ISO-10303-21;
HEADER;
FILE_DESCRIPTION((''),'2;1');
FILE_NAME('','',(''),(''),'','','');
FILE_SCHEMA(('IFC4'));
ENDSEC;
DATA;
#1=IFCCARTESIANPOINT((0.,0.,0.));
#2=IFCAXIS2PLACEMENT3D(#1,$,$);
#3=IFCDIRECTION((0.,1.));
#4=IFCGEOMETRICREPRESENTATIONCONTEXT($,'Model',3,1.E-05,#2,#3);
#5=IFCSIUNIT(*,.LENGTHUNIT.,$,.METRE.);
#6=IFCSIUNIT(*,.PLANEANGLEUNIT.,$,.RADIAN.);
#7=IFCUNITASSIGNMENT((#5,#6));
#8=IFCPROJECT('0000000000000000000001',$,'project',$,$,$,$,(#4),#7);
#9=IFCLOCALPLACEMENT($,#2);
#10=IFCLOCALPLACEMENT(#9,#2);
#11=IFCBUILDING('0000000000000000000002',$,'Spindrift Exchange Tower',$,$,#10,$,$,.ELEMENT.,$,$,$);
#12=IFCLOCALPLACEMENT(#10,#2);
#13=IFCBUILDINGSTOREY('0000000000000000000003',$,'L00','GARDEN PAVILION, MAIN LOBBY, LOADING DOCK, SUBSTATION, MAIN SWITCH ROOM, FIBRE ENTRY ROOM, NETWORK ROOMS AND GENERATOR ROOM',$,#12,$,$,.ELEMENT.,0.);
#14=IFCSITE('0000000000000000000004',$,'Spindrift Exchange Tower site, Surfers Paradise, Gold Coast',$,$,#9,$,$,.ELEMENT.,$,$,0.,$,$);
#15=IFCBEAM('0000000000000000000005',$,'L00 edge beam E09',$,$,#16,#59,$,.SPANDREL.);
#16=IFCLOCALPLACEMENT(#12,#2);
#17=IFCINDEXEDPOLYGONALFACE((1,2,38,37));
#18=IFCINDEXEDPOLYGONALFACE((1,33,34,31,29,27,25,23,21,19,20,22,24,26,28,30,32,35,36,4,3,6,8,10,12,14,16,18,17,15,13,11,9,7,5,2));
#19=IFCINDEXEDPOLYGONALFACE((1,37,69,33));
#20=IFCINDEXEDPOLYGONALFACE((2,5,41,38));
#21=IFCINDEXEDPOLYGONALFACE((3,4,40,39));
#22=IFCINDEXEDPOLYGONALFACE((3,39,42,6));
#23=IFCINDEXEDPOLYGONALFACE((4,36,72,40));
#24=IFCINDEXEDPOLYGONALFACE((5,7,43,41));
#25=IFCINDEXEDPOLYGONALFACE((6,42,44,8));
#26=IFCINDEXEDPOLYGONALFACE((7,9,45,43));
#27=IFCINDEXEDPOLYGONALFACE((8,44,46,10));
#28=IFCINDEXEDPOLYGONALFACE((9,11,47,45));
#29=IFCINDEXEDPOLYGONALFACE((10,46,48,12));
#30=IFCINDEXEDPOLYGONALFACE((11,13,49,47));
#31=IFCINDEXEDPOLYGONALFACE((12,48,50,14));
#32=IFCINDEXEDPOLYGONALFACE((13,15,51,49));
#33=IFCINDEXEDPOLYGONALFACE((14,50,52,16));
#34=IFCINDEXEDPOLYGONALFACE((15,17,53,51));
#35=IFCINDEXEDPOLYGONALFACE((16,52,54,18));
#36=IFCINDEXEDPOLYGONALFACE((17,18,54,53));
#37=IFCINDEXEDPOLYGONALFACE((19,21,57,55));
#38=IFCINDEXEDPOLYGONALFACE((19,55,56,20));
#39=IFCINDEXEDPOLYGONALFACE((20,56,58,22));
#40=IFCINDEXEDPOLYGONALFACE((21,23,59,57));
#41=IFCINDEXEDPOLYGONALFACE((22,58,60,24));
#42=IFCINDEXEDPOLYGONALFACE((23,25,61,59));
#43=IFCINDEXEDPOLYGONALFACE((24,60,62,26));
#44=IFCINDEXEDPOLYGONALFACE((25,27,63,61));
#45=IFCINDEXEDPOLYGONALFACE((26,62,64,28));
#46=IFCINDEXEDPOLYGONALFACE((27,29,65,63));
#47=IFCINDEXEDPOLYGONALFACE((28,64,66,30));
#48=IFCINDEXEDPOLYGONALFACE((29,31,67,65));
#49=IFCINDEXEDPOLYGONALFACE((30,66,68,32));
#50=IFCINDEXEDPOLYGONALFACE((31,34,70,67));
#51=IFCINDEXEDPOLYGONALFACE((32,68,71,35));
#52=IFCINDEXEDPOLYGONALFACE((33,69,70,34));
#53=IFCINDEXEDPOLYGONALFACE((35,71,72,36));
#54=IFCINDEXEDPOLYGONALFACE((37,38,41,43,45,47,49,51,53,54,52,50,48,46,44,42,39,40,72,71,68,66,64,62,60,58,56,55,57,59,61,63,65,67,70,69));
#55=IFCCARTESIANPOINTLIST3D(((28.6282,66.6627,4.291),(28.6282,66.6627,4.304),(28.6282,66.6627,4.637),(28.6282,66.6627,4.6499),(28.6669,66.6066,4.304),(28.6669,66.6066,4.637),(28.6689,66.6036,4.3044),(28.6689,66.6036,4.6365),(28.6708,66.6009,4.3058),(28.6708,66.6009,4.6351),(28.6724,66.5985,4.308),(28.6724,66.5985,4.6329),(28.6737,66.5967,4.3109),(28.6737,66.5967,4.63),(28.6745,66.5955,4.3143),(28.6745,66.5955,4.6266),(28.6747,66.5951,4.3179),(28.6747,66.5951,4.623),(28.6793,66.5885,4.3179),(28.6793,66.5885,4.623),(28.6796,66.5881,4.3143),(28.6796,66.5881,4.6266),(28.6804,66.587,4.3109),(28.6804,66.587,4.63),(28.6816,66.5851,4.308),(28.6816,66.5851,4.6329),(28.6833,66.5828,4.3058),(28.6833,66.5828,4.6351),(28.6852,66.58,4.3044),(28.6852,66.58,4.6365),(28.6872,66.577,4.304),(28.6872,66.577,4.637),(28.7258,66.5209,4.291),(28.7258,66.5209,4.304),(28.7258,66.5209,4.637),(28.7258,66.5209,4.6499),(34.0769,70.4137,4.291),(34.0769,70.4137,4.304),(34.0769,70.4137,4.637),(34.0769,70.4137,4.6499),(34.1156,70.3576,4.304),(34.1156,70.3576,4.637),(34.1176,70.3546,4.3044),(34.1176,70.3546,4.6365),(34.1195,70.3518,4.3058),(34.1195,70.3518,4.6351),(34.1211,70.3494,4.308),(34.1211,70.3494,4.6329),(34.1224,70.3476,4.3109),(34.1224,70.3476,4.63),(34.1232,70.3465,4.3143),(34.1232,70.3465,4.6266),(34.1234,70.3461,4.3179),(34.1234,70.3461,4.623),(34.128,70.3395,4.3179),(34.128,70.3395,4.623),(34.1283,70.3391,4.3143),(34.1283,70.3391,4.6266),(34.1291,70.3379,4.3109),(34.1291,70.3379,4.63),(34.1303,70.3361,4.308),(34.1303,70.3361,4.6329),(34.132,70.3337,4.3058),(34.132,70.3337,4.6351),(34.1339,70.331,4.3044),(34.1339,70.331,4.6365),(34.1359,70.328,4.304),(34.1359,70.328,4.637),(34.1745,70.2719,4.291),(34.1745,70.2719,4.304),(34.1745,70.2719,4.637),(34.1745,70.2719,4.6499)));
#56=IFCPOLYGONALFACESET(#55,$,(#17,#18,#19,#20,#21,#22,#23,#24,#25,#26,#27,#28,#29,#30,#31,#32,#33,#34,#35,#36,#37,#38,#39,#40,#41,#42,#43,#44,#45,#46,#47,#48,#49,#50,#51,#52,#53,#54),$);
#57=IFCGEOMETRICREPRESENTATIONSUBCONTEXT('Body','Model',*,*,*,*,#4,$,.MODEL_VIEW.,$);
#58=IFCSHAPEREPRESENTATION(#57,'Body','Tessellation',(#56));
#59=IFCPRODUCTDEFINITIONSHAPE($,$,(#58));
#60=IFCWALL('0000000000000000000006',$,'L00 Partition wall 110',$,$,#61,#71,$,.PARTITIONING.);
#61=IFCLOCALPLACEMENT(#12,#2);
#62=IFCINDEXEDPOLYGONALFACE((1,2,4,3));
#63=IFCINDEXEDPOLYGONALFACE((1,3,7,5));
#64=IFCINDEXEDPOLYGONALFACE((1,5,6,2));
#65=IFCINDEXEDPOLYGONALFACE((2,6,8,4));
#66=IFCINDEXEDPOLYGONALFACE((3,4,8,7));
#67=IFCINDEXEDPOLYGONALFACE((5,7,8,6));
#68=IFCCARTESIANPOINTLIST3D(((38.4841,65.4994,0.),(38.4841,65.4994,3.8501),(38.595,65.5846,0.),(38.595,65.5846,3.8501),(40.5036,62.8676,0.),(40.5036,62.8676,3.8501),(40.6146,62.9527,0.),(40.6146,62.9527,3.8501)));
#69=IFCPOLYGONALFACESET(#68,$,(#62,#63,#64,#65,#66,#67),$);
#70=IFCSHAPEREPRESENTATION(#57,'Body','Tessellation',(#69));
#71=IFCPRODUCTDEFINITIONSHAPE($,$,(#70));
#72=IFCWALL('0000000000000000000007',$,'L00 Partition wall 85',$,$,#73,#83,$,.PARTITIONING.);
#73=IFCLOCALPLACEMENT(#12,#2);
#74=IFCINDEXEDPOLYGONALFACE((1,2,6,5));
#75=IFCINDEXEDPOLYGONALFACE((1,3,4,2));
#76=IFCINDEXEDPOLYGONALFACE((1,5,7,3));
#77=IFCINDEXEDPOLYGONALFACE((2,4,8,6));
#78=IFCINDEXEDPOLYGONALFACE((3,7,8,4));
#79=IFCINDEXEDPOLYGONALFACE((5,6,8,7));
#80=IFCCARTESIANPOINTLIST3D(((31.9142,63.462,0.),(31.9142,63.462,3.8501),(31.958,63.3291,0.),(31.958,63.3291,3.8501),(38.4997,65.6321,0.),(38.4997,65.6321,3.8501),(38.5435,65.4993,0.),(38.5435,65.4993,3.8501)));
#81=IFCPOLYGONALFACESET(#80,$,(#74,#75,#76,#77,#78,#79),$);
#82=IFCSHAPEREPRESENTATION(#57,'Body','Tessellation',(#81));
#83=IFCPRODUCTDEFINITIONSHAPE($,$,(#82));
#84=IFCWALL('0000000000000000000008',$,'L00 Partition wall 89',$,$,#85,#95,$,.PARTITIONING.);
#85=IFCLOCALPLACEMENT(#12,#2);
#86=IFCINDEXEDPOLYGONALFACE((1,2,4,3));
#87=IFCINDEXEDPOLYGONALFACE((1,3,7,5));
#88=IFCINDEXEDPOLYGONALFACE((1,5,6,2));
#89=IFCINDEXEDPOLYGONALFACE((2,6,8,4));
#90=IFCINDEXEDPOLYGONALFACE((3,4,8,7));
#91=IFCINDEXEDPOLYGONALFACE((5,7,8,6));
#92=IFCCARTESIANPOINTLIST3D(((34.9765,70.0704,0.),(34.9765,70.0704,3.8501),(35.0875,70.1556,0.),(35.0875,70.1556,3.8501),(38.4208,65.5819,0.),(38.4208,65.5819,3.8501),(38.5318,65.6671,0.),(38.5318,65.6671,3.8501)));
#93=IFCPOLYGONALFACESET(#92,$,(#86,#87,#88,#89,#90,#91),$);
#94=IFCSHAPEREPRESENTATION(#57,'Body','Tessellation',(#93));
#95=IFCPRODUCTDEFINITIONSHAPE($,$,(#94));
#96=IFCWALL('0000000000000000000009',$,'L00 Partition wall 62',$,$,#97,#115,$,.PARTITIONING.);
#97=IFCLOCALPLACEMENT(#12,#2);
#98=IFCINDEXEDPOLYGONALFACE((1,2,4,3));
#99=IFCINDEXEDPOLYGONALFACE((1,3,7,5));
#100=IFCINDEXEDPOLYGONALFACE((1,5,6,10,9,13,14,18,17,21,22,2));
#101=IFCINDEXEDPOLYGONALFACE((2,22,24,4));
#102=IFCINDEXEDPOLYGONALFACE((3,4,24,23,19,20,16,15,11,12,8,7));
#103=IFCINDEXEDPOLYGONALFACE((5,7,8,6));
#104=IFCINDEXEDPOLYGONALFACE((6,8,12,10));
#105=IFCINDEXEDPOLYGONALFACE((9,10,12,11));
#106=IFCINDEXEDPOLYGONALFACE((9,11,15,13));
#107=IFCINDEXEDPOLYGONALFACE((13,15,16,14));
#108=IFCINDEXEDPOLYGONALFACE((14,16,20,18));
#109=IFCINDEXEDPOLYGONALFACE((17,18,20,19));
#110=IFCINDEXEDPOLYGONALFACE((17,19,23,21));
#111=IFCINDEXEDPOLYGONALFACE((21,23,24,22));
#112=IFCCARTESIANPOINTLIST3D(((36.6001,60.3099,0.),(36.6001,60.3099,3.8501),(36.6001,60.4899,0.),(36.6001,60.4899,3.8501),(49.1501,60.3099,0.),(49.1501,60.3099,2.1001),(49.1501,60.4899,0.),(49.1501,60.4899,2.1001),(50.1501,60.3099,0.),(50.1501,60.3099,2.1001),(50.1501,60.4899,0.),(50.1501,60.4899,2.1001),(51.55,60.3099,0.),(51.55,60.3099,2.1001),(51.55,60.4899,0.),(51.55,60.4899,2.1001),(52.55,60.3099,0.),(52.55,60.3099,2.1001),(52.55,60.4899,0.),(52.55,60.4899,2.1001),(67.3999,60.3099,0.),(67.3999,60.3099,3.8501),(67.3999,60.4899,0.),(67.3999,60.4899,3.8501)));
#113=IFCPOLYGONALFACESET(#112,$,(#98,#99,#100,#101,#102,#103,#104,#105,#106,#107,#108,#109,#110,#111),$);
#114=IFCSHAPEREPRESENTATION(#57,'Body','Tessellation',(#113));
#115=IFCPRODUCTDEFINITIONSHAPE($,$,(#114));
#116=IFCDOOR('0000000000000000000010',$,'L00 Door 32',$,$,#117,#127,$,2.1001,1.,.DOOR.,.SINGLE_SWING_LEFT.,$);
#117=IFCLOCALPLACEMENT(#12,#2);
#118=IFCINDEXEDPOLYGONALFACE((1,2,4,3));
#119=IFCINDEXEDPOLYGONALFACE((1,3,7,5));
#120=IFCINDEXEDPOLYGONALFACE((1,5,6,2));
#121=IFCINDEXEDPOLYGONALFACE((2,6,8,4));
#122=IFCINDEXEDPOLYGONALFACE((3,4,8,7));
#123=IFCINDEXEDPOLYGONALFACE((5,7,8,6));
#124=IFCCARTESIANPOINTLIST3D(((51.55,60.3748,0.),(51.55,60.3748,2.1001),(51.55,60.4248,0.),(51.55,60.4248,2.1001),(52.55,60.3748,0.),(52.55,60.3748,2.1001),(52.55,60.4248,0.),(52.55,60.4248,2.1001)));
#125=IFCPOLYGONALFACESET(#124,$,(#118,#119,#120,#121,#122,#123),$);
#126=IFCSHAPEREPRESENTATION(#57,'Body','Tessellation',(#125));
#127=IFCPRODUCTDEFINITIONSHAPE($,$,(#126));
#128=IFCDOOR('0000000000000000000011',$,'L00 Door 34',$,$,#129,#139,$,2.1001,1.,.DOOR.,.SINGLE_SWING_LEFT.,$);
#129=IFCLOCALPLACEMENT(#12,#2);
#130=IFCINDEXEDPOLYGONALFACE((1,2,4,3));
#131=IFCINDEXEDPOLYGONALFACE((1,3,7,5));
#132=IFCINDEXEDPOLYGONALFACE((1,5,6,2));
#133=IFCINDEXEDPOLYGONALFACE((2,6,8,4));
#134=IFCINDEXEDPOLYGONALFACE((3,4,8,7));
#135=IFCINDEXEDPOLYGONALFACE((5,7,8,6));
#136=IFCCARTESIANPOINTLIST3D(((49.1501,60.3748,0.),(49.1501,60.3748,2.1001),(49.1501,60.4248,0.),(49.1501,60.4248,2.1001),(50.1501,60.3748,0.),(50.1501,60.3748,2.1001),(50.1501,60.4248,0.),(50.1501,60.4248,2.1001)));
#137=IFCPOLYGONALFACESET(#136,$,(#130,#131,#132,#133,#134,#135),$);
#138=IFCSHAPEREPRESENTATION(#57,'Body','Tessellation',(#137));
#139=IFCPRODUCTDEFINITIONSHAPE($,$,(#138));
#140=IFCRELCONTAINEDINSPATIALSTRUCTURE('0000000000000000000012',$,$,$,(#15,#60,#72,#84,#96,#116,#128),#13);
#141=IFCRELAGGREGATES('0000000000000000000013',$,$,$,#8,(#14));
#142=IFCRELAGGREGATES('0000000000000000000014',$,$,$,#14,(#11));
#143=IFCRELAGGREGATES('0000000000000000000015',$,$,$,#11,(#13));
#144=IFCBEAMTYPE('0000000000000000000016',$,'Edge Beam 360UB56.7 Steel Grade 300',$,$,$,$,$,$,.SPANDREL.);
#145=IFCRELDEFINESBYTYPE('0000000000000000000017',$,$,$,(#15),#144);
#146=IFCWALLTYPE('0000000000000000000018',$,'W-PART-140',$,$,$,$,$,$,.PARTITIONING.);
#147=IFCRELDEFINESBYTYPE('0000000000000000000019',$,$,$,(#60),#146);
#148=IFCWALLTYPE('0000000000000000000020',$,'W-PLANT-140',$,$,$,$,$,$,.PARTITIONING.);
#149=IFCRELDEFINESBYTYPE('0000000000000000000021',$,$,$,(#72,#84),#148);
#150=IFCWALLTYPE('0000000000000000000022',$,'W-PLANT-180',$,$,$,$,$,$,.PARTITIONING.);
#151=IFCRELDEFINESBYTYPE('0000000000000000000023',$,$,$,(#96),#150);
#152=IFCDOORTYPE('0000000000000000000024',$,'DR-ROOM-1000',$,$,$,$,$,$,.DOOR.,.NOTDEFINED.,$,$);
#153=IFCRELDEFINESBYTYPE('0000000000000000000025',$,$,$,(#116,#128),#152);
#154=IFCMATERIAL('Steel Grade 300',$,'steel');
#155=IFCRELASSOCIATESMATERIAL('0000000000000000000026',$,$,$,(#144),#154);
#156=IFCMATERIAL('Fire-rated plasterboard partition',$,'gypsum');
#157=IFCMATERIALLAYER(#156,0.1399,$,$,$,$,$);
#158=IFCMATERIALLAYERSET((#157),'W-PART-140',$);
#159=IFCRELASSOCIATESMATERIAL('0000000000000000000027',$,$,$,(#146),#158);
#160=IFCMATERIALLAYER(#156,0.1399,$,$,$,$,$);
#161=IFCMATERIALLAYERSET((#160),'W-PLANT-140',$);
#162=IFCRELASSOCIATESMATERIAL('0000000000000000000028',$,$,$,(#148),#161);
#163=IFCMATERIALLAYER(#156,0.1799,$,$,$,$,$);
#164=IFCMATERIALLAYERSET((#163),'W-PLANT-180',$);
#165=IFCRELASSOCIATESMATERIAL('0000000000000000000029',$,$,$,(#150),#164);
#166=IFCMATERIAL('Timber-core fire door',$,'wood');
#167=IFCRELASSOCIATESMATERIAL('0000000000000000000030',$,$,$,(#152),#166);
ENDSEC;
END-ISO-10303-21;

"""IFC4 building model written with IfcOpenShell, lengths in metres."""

from ifc_helpers import new_model, si_unit, direction, frame, frame_2d, origin, origin_2d, place, context, subcontext, project, spatial, rectangle, i_section, extrude, source, transform, mapped, material, layer, layer_set, material_profile, profile_set, type_object, element, fill, save


model = new_model("IFC4")

# Units and contexts
model_context = context("Model", 3, precision=1e-05, world=origin(), true_north=direction((0.0, 1.0)))
body_context = subcontext(model_context, "Body", "Model", "MODEL_VIEW")
ifc_project = project(units=[si_unit("LENGTHUNIT", "METRE"), si_unit("PLANEANGLEUNIT", "RADIAN")], contexts=[model_context])

# Site, building, storey
site_placement = place(None, origin())
site = spatial("IfcSite", under=ifc_project, at=site_placement, Name="Spindrift Exchange Tower site, Surfers Paradise, Gold Coast", CompositionType="ELEMENT", RefElevation=0.0)
building_placement = place(site_placement, origin())
building = spatial("IfcBuilding", under=site, at=building_placement, Name="Spindrift Exchange Tower", CompositionType="ELEMENT")
storey_placement = place(building_placement, origin())
storey = spatial("IfcBuildingStorey", under=building, at=storey_placement, Name="L00", Description="GARDEN PAVILION, MAIN LOBBY, LOADING DOCK, SUBSTATION, MAIN SWITCH ROOM, FIBRE ENTRY ROOM, NETWORK ROOMS AND GENERATOR ROOM", CompositionType="ELEMENT", Elevation=0.0)

# Beam
ifc_material_1 = material(Name="Steel Grade 300", Category="steel")
ifc_material_profile_1 = material_profile(ifc_material_1, i_section(OverallWidth=0.1721, OverallDepth=0.3589, WebThickness=0.0081, FlangeThickness=0.0129, FilletRadius=0.0139, at=origin_2d()), Name="360UB56.7")
ifc_profile_set_1 = profile_set([ifc_material_profile_1], Name="Steel Grade 300")
beam_type_1 = type_object("IfcBeamType", Name="Edge Beam 360UB56.7 Steel Grade 300", PredefinedType="SPANDREL", material=ifc_profile_set_1)
shared_shape_1 = source(origin(), body_context, "Body", "SweptSolid", [
    extrude(i_section(OverallWidth=0.1721, OverallDepth=0.3589, WebThickness=0.0081, FlangeThickness=0.0129, FilletRadius=0.0139, at=origin_2d()), origin(), (0.0, 0.0, 1.0), 6.615),
])
beam_1_placement = place(storey_placement, frame((34.1257, 70.3428, 4.4705), z_axis=(-0.823691, -0.567039, 0.0), x_axis=(0.567039, -0.823691, 0.0)))
element("IfcBeam", 1, at=beam_1_placement, inside=storey, type_object=beam_type_1, Name="L00 edge beam E09", PredefinedType="SPANDREL", context=body_context, shape_type="MappedRepresentation", body=[
    mapped(shared_shape_1, transform((0.0, 0.0, 0.0), scale=1.0)),
])

# Walls
ifc_material_2 = material(Name="Fire-rated plasterboard partition", Category="gypsum")
ifc_layer_1 = layer(ifc_material_2, 0.1399)
ifc_layer_set_1 = layer_set([ifc_layer_1], Name="W-PART-140")
wall_type_1 = type_object("IfcWallType", Name="W-PART-140", PredefinedType="PARTITIONING", material=ifc_layer_set_1)
wall_1_placement = place(storey_placement, frame((40.5591, 62.9102, 0.0), z_axis=(0.0, 0.0, 1.0), x_axis=(-0.608771, 0.793346, 0.0)))
element("IfcWall", 2, at=wall_1_placement, inside=storey, type_object=wall_type_1, Name="L00 Partition wall 110", PredefinedType="PARTITIONING", context=body_context, shape_type="SweptSolid", body=[
    extrude(rectangle(XDim=3.3174, YDim=0.1399, at=frame_2d((1.6587, 0.0))), origin(), (0.0, 0.0, 1.0), 3.8501),
])
ifc_layer_2 = layer(ifc_material_2, 0.1399)
ifc_layer_set_2 = layer_set([ifc_layer_2], Name="W-PLANT-140")
wall_type_2 = type_object("IfcWallType", Name="W-PLANT-140", PredefinedType="PARTITIONING", material=ifc_layer_set_2)
wall_2_placement = place(storey_placement, frame((38.5215, 65.5657, 0.0), z_axis=(0.0, 0.0, 1.0), x_axis=(-0.949759, -0.312983, 0.0)))
element("IfcWall", 3, at=wall_2_placement, inside=storey, type_object=wall_type_2, Name="L00 Partition wall 85", PredefinedType="PARTITIONING", context=body_context, shape_type="SweptSolid", body=[
    extrude(rectangle(XDim=6.9338, YDim=0.1399, at=frame_2d((3.4668, 0.0))), origin(), (0.0, 0.0, 1.0), 3.8501),
])
wall_3_placement = place(storey_placement, frame((38.4763, 65.6245, 0.0), z_axis=(0.0, 0.0, 1.0), x_axis=(-0.60878, 0.793339, 0.0)))
element("IfcWall", 4, at=wall_3_placement, inside=storey, type_object=wall_type_2, Name="L00 Partition wall 89", PredefinedType="PARTITIONING", context=body_context, shape_type="SweptSolid", body=[
    extrude(rectangle(XDim=5.6577, YDim=0.1399, at=frame_2d((2.8289, 0.0))), origin(), (0.0, 0.0, 1.0), 3.8501),
])

# Wall, openings, doors
ifc_layer_3 = layer(ifc_material_2, 0.1799)
ifc_layer_set_3 = layer_set([ifc_layer_3], Name="W-PLANT-180")
wall_type_3 = type_object("IfcWallType", Name="W-PLANT-180", PredefinedType="PARTITIONING", material=ifc_layer_set_3)
wall_4_placement = place(storey_placement, frame((36.6001, 60.3999, 0.0), z_axis=(0.0, 0.0, 1.0), x_axis=(1.0, 0.0, 0.0)))
wall_4 = element("IfcWall", 5, at=wall_4_placement, inside=storey, type_object=wall_type_3, Name="L00 Partition wall 62", PredefinedType="PARTITIONING", context=body_context, shape_type="SweptSolid", body=[
    extrude(rectangle(XDim=30.7998, YDim=0.1799, at=frame_2d((15.3999, 0.0))), origin(), (0.0, 0.0, 1.0), 3.8501),
])
opening_1_placement = place(wall_4_placement, frame((14.95, 0.0, 0.0)))
opening_1 = element("IfcOpeningElement", 6, at=opening_1_placement, cuts=wall_4, PredefinedType="OPENING", context=body_context, shape_type="SweptSolid", body=[
    extrude(rectangle(XDim=1.0, YDim=2.1001, at=frame_2d((0.5, 1.05))), frame((0.0, 0.0999, 0.0), z_axis=(0.0, -1.0, 0.0), x_axis=(1.0, 0.0, 0.0)), (0.0, 0.0, 1.0), 0.2),
])
opening_2_placement = place(wall_4_placement, frame((12.55, 0.0, 0.0)))
opening_2 = element("IfcOpeningElement", 7, at=opening_2_placement, cuts=wall_4, PredefinedType="OPENING", context=body_context, shape_type="SweptSolid", body=[
    extrude(rectangle(XDim=1.0, YDim=2.1001, at=frame_2d((0.5, 1.05))), frame((0.0, 0.0999, 0.0), z_axis=(0.0, -1.0, 0.0), x_axis=(1.0, 0.0, 0.0)), (0.0, 0.0, 1.0), 0.2),
])
ifc_material_3 = material(Name="Timber-core fire door", Category="wood")
door_type = type_object("IfcDoorType", Name="DR-ROOM-1000", OperationType="NOTDEFINED", PredefinedType="DOOR", material=ifc_material_3)
shared_shape_2 = source(origin(), body_context, "Body", "SweptSolid", [
    extrude(rectangle(XDim=1.0, YDim=2.1001, at=frame_2d((0.5, 1.05))), frame((0.0, 0.0249, 0.0), z_axis=(0.0, -1.0, 0.0), x_axis=(1.0, 0.0, 0.0)), (0.0, 0.0, 1.0), 0.05),
])
door_1_placement = place(opening_1_placement, origin())
door_1 = element("IfcDoor", 8, at=door_1_placement, inside=storey, type_object=door_type, Name="L00 Door 32", OperationType="SINGLE_SWING_LEFT", OverallHeight=2.1001, OverallWidth=1.0, PredefinedType="DOOR", context=body_context, shape_type="MappedRepresentation", body=[
    mapped(shared_shape_2, transform((0.0, 0.0, 0.0), scale=1.0)),
])
fill(opening_1, door_1)
door_2_placement = place(opening_2_placement, origin())
door_2 = element("IfcDoor", 9, at=door_2_placement, inside=storey, type_object=door_type, Name="L00 Door 34", OperationType="SINGLE_SWING_LEFT", OverallHeight=2.1001, OverallWidth=1.0, PredefinedType="DOOR", context=body_context, shape_type="MappedRepresentation", body=[
    mapped(shared_shape_2, transform((0.0, 0.0, 0.0), scale=1.0)),
])
fill(opening_2, door_2)

save(model, "model.ifc")
